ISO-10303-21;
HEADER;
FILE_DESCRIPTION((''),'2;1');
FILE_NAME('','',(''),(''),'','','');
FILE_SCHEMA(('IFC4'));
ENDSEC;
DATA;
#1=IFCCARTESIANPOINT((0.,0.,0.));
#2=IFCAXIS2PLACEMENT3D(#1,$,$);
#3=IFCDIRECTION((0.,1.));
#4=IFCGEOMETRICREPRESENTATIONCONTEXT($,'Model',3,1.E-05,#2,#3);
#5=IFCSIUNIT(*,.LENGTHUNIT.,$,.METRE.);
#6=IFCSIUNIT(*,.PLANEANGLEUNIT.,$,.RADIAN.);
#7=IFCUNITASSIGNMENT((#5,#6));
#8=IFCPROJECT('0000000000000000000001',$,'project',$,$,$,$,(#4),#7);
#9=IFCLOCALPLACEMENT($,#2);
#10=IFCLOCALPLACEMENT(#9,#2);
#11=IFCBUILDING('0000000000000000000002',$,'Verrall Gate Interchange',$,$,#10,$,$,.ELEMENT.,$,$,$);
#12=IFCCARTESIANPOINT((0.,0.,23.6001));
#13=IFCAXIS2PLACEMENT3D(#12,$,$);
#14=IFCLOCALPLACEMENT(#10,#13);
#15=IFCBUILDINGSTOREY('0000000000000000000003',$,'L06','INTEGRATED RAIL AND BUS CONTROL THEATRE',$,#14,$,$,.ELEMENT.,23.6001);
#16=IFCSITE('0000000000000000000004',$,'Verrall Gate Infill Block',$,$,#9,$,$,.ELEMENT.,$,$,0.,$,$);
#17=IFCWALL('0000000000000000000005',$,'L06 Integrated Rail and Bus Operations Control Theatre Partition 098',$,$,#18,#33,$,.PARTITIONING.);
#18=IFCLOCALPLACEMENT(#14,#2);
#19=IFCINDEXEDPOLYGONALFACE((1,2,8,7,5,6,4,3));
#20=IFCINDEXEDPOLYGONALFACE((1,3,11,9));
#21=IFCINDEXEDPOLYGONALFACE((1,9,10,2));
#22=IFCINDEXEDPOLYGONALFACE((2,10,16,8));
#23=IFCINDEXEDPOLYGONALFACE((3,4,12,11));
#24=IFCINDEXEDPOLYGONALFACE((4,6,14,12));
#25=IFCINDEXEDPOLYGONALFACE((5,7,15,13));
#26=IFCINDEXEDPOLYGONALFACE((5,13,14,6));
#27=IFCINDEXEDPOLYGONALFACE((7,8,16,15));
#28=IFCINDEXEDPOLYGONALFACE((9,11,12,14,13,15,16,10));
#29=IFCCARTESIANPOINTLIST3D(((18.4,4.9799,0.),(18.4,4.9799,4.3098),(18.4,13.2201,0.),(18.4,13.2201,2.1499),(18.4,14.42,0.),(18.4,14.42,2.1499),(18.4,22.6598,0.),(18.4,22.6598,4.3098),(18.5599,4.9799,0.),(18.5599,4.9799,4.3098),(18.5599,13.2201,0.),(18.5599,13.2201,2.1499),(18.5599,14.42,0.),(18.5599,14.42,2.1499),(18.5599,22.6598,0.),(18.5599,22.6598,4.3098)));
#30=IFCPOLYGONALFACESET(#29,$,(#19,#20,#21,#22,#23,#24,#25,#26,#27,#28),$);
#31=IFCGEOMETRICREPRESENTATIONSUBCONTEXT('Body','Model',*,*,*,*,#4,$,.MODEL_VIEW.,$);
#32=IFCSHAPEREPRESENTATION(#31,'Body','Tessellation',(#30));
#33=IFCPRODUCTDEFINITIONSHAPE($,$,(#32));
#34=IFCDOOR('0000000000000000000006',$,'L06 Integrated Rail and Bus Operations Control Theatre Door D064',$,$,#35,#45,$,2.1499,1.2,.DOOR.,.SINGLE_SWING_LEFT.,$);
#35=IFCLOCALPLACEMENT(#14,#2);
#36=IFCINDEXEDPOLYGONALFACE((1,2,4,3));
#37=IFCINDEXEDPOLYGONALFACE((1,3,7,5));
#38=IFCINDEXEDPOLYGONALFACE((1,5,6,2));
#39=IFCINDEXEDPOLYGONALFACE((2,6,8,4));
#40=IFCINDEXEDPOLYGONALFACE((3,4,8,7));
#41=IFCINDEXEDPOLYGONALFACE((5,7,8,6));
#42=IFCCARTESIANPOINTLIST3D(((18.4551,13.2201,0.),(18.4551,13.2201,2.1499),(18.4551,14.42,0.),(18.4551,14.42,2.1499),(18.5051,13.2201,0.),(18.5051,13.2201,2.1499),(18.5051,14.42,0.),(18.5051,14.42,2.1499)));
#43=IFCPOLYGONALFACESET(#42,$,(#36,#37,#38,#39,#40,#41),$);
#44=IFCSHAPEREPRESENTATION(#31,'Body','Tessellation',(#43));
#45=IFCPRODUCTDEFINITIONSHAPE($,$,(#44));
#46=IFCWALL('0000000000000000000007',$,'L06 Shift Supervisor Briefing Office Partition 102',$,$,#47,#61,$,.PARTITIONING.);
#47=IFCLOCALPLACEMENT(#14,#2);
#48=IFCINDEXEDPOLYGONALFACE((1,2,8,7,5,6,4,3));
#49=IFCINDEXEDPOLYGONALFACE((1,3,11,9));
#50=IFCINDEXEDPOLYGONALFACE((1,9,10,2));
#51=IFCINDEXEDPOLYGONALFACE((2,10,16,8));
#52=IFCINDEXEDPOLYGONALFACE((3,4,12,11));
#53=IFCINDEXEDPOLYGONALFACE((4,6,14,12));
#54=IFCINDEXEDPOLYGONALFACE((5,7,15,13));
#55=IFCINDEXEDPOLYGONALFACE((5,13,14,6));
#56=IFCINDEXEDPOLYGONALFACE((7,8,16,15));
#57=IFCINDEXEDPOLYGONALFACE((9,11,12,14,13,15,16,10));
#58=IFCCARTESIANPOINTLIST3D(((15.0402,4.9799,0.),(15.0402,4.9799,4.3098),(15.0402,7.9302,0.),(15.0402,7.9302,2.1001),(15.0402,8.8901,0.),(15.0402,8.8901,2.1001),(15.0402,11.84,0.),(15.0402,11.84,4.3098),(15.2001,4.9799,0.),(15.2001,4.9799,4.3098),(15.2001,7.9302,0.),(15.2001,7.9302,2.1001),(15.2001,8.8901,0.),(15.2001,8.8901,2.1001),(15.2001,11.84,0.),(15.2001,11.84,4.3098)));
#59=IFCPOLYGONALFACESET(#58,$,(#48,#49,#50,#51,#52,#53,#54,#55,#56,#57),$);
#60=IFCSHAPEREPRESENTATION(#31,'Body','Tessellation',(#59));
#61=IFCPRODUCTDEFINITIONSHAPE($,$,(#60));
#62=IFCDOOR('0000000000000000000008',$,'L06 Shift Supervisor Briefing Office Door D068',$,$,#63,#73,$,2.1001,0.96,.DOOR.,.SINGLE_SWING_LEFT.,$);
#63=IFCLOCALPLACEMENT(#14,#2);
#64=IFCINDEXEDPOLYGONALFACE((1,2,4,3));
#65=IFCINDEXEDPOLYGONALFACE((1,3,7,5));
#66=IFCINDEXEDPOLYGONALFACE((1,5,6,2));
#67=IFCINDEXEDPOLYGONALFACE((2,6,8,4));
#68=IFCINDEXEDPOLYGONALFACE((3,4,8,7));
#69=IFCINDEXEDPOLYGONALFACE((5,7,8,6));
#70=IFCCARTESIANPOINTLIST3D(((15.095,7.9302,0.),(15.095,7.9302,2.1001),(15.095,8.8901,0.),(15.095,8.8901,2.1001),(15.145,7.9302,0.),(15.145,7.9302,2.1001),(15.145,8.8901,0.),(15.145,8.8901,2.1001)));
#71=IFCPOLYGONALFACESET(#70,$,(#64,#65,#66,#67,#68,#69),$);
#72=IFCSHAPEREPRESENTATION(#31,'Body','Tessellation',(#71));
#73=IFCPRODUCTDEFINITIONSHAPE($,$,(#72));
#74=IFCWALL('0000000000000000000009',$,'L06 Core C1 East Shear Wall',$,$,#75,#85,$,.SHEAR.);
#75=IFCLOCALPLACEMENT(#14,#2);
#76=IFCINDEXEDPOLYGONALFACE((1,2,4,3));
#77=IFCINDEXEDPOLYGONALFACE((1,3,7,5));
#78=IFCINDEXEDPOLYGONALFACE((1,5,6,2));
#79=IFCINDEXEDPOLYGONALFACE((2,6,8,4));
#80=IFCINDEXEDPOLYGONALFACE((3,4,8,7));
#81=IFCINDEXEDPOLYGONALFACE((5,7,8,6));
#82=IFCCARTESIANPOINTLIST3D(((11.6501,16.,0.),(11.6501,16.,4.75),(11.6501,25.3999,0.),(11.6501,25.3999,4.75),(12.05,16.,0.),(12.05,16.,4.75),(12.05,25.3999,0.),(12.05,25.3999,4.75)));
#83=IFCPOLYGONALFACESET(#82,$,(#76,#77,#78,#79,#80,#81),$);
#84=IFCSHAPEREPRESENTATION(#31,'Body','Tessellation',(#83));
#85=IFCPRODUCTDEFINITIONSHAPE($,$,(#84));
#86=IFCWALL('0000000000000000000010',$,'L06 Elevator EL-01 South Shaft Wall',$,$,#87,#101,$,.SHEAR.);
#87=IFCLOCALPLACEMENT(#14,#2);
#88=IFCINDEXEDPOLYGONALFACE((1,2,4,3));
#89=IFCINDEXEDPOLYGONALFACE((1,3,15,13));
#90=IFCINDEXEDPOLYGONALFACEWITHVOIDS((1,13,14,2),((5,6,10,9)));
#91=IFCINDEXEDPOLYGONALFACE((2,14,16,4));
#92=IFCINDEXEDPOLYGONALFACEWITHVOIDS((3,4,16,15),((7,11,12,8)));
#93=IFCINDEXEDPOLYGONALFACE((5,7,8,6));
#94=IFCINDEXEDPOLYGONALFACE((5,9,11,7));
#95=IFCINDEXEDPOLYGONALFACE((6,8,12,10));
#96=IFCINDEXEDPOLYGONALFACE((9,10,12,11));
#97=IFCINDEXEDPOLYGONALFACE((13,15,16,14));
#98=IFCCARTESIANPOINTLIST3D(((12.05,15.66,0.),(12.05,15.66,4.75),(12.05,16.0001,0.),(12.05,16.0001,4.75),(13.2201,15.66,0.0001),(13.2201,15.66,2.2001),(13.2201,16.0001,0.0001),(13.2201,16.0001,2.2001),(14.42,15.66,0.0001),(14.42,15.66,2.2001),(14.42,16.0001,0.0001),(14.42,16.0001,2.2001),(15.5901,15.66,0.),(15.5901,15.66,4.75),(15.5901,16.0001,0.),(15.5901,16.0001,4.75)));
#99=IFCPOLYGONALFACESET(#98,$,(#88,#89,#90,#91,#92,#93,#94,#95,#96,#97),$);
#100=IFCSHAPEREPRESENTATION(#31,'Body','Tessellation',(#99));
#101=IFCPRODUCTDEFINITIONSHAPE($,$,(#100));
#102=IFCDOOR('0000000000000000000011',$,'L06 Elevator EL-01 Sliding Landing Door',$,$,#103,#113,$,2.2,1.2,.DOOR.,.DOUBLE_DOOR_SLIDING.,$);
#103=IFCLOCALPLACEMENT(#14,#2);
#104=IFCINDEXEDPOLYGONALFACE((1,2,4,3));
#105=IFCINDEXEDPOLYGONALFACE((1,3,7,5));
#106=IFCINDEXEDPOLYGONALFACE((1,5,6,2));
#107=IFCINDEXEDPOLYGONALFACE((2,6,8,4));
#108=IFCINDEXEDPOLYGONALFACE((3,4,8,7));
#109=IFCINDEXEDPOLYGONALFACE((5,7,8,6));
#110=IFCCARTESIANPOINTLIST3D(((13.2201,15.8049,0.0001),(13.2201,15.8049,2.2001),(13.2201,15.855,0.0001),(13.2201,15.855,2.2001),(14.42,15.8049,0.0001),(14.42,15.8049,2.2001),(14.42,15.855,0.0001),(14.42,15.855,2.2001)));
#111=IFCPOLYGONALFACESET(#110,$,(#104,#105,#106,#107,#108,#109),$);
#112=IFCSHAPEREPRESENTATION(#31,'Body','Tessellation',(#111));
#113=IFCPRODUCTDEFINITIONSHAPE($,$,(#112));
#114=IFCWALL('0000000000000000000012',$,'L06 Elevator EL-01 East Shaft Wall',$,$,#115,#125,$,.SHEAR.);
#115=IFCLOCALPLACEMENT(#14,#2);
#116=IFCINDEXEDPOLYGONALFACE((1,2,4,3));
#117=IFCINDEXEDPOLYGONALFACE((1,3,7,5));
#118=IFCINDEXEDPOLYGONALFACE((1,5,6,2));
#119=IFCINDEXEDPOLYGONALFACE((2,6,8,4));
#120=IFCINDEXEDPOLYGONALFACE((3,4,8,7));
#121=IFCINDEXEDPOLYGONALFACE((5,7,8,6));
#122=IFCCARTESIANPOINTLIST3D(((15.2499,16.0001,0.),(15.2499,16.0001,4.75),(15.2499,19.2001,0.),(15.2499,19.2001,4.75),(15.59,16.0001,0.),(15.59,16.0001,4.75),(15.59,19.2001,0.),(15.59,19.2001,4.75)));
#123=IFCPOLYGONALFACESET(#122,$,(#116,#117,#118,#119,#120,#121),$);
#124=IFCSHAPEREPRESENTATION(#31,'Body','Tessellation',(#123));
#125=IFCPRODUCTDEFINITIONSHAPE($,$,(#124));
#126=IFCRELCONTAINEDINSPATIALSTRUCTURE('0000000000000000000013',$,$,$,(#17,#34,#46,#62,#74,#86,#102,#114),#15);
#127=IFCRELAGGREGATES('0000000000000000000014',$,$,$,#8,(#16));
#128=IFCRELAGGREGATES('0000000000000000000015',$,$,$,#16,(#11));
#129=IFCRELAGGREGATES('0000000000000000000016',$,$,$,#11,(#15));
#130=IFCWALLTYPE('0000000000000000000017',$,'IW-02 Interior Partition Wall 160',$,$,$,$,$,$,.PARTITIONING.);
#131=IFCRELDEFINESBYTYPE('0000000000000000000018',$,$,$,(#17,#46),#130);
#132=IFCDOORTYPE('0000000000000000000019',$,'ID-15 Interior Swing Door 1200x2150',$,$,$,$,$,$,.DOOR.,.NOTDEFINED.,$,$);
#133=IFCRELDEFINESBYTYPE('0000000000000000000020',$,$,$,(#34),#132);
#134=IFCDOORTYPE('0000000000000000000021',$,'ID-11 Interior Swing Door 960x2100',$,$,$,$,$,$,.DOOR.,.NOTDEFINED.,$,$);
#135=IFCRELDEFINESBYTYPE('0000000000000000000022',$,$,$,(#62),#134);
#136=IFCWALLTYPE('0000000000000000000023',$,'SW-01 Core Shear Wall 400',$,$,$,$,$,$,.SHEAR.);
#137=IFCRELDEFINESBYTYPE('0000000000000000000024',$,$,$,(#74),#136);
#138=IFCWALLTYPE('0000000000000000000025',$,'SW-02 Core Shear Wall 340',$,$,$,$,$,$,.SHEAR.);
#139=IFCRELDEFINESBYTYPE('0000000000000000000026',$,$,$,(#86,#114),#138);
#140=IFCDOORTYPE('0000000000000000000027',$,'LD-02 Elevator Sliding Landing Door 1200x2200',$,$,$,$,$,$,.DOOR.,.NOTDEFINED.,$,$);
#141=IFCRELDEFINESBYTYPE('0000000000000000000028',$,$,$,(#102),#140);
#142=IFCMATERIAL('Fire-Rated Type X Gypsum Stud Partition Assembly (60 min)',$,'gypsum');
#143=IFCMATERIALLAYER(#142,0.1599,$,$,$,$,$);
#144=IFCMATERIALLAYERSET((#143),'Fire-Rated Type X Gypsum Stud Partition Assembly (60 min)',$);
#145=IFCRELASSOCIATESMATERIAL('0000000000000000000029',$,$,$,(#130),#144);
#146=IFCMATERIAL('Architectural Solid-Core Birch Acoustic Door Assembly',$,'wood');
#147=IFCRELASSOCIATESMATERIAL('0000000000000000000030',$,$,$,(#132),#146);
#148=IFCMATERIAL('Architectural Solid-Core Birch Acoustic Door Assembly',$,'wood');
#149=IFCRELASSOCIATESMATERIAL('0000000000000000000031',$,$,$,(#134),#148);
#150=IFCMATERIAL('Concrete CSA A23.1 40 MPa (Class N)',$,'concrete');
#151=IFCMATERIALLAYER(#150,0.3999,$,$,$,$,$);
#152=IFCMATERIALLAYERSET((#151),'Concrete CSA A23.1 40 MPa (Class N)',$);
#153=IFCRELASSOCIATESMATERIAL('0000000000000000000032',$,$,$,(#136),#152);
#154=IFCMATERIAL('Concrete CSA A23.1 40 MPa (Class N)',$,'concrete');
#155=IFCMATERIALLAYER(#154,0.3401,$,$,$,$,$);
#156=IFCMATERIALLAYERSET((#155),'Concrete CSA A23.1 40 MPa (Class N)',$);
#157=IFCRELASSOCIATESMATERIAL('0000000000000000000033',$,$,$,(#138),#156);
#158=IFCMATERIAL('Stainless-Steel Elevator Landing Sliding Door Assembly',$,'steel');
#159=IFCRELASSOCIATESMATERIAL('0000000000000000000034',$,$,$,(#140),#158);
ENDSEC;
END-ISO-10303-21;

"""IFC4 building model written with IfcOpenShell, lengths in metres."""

from ifc_helpers import new_model, si_unit, direction, frame, frame_2d, origin, place, context, subcontext, project, spatial, rectangle, extrude, material, layer, layer_set, type_object, element, fill, save


model = new_model("IFC4")

# Units and contexts
model_context = context("Model", 3, precision=1e-05, world=origin(), true_north=direction((0.0, 1.0)))
body_context = subcontext(model_context, "Body", "Model", "MODEL_VIEW")
ifc_project = project(units=[si_unit("LENGTHUNIT", "METRE"), si_unit("PLANEANGLEUNIT", "RADIAN")], contexts=[model_context])

# Site, building, storey
site_placement = place(None, origin())
site = spatial("IfcSite", under=ifc_project, at=site_placement, Name="Verrall Gate Infill Block", CompositionType="ELEMENT", RefElevation=0.0)
building_placement = place(site_placement, origin())
building = spatial("IfcBuilding", under=site, at=building_placement, Name="Verrall Gate Interchange", CompositionType="ELEMENT")
storey_placement = place(building_placement, frame((0.0, 0.0, 23.6001)))
storey = spatial("IfcBuildingStorey", under=building, at=storey_placement, Name="L06", Description="INTEGRATED RAIL AND BUS CONTROL THEATRE", CompositionType="ELEMENT", Elevation=23.6001)

# Walls, openings, doors
ifc_material_1 = material(Name="Fire-Rated Type X Gypsum Stud Partition Assembly (60 min)", Category="gypsum")
ifc_layer_1 = layer(ifc_material_1, 0.1599)
ifc_layer_set_1 = layer_set([ifc_layer_1], Name="Fire-Rated Type X Gypsum Stud Partition Assembly (60 min)")
wall_type_1 = type_object("IfcWallType", Name="IW-02 Interior Partition Wall 160", PredefinedType="PARTITIONING", material=ifc_layer_set_1)
wall_1_placement = place(storey_placement, frame((18.48, 4.98, 0.0), z_axis=(0.0, 0.0, 1.0), x_axis=(0.0, 1.0, 0.0)))
wall_1 = element("IfcWall", 1, at=wall_1_placement, inside=storey, type_object=wall_type_1, Name="L06 Integrated Rail and Bus Operations Control Theatre Partition 098", PredefinedType="PARTITIONING", context=body_context, shape_type="SweptSolid", body=[
    extrude(rectangle(XDim=17.6799, YDim=0.1599, at=frame_2d((8.8398, 0.0))), origin(), (0.0, 0.0, 1.0), 4.3098),
])
opening_1_placement = place(wall_1_placement, frame((8.24, 0.0, 0.0)))
opening_1 = element("IfcOpeningElement", 2, at=opening_1_placement, cuts=wall_1, PredefinedType="OPENING", context=body_context, shape_type="SweptSolid", body=[
    extrude(rectangle(XDim=1.2, YDim=2.1499, at=frame_2d((0.6001, 1.075))), frame((0.0, 0.0947, 0.0), z_axis=(0.0, -1.0, 0.0), x_axis=(1.0, 0.0, 0.0)), (0.0, 0.0, 1.0), 0.1897),
])
ifc_material_2 = material(Name="Architectural Solid-Core Birch Acoustic Door Assembly", Category="wood")
door_type_1 = type_object("IfcDoorType", Name="ID-15 Interior Swing Door 1200x2150", OperationType="NOTDEFINED", PredefinedType="DOOR", material=ifc_material_2)
door_1_placement = place(opening_1_placement, origin())
door_1 = element("IfcDoor", 3, at=door_1_placement, inside=storey, type_object=door_type_1, Name="L06 Integrated Rail and Bus Operations Control Theatre Door D064", OperationType="SINGLE_SWING_LEFT", OverallHeight=2.1499, OverallWidth=1.2, PredefinedType="DOOR", context=body_context, shape_type="SweptSolid", body=[
    extrude(rectangle(XDim=1.2, YDim=2.1499, at=frame_2d((0.6001, 1.075))), frame((0.0, 0.0249, 0.0), z_axis=(0.0, -1.0, 0.0), x_axis=(1.0, 0.0, 0.0)), (0.0, 0.0, 1.0), 0.05),
])
fill(opening_1, door_1)
wall_2_placement = place(storey_placement, frame((15.1201, 11.8401, 0.0), z_axis=(0.0, 0.0, 1.0), x_axis=(0.0, -1.0, 0.0)))
wall_2 = element("IfcWall", 4, at=wall_2_placement, inside=storey, type_object=wall_type_1, Name="L06 Shift Supervisor Briefing Office Partition 102", PredefinedType="PARTITIONING", context=body_context, shape_type="SweptSolid", body=[
    extrude(rectangle(XDim=6.8601, YDim=0.1599, at=frame_2d((3.4302, 0.0))), origin(), (0.0, 0.0, 1.0), 4.3098),
])
opening_2_placement = place(wall_2_placement, frame((2.95, 0.0, 0.0)))
opening_2 = element("IfcOpeningElement", 5, at=opening_2_placement, cuts=wall_2, PredefinedType="OPENING", context=body_context, shape_type="SweptSolid", body=[
    extrude(rectangle(XDim=0.96, YDim=2.1001, at=frame_2d((0.48, 1.05))), frame((0.0, 0.0947, 0.0), z_axis=(0.0, -1.0, 0.0), x_axis=(1.0, 0.0, 0.0)), (0.0, 0.0, 1.0), 0.1897),
])
ifc_material_3 = material(Name="Architectural Solid-Core Birch Acoustic Door Assembly", Category="wood")
door_type_2 = type_object("IfcDoorType", Name="ID-11 Interior Swing Door 960x2100", OperationType="NOTDEFINED", PredefinedType="DOOR", material=ifc_material_3)
door_2_placement = place(opening_2_placement, origin())
door_2 = element("IfcDoor", 6, at=door_2_placement, inside=storey, type_object=door_type_2, Name="L06 Shift Supervisor Briefing Office Door D068", OperationType="SINGLE_SWING_LEFT", OverallHeight=2.1001, OverallWidth=0.96, PredefinedType="DOOR", context=body_context, shape_type="SweptSolid", body=[
    extrude(rectangle(XDim=0.96, YDim=2.1001, at=frame_2d((0.48, 1.05))), frame((0.0, 0.0249, 0.0), z_axis=(0.0, -1.0, 0.0), x_axis=(1.0, 0.0, 0.0)), (0.0, 0.0, 1.0), 0.05),
])
fill(opening_2, door_2)

# Wall
ifc_material_4 = material(Name="Concrete CSA A23.1 40 MPa (Class N)", Category="concrete")
ifc_layer_2 = layer(ifc_material_4, 0.3999)
ifc_layer_set_2 = layer_set([ifc_layer_2], Name="Concrete CSA A23.1 40 MPa (Class N)")
wall_type_2 = type_object("IfcWallType", Name="SW-01 Core Shear Wall 400", PredefinedType="SHEAR", material=ifc_layer_set_2)
wall_3_placement = place(storey_placement, frame((11.8501, 16.0, 0.0), z_axis=(0.0, 0.0, 1.0), x_axis=(0.0, 1.0, 0.0)))
element("IfcWall", 7, at=wall_3_placement, inside=storey, type_object=wall_type_2, Name="L06 Core C1 East Shear Wall", PredefinedType="SHEAR", context=body_context, shape_type="SweptSolid", body=[
    extrude(rectangle(XDim=9.3999, YDim=0.3999, at=frame_2d((4.7, 0.0))), origin(), (0.0, 0.0, 1.0), 4.75),
])

# Wall, opening, door
ifc_material_5 = material(Name="Concrete CSA A23.1 40 MPa (Class N)", Category="concrete")
ifc_layer_3 = layer(ifc_material_5, 0.3401)
ifc_layer_set_3 = layer_set([ifc_layer_3], Name="Concrete CSA A23.1 40 MPa (Class N)")
wall_type_3 = type_object("IfcWallType", Name="SW-02 Core Shear Wall 340", PredefinedType="SHEAR", material=ifc_layer_set_3)
wall_4_placement = place(storey_placement, frame((12.05, 15.8301, 0.0), z_axis=(0.0, 0.0, 1.0), x_axis=(1.0, 0.0, 0.0)))
wall_4 = element("IfcWall", 8, at=wall_4_placement, inside=storey, type_object=wall_type_3, Name="L06 Elevator EL-01 South Shaft Wall", PredefinedType="SHEAR", context=body_context, shape_type="SweptSolid", body=[
    extrude(rectangle(XDim=3.54, YDim=0.3401, at=frame_2d((1.77, 0.0))), origin(), (0.0, 0.0, 1.0), 4.75),
])
opening_3_placement = place(wall_4_placement, frame((1.1699, 0.0, 0.0)))
opening_3 = element("IfcOpeningElement", 9, at=opening_3_placement, cuts=wall_4, PredefinedType="OPENING", context=body_context, shape_type="SweptSolid", body=[
    extrude(rectangle(XDim=1.2, YDim=2.2, at=frame_2d((0.6001, 1.1001))), frame((0.0, 0.1851, 0.0), z_axis=(0.0, -1.0, 0.0), x_axis=(1.0, 0.0, 0.0)), (0.0, 0.0, 1.0), 0.3699),
])
ifc_material_6 = material(Name="Stainless-Steel Elevator Landing Sliding Door Assembly", Category="steel")
door_type_3 = type_object("IfcDoorType", Name="LD-02 Elevator Sliding Landing Door 1200x2200", OperationType="NOTDEFINED", PredefinedType="DOOR", material=ifc_material_6)
door_3_placement = place(opening_3_placement, origin())
door_3 = element("IfcDoor", 10, at=door_3_placement, inside=storey, type_object=door_type_3, Name="L06 Elevator EL-01 Sliding Landing Door", OperationType="DOUBLE_DOOR_SLIDING", OverallHeight=2.2, OverallWidth=1.2, PredefinedType="DOOR", context=body_context, shape_type="SweptSolid", body=[
    extrude(rectangle(XDim=1.2, YDim=2.2, at=frame_2d((0.6001, 1.1001))), frame((0.0, 0.0249, 0.0), z_axis=(0.0, -1.0, 0.0), x_axis=(1.0, 0.0, 0.0)), (0.0, 0.0, 1.0), 0.05),
])
fill(opening_3, door_3)

# Wall
wall_5_placement = place(storey_placement, frame((15.4199, 16.0, 0.0), z_axis=(0.0, 0.0, 1.0), x_axis=(0.0, 1.0, 0.0)))
element("IfcWall", 11, at=wall_5_placement, inside=storey, type_object=wall_type_3, Name="L06 Elevator EL-01 East Shaft Wall", PredefinedType="SHEAR", context=body_context, shape_type="SweptSolid", body=[
    extrude(rectangle(XDim=3.2, YDim=0.3401, at=frame_2d((1.6001, 0.0))), origin(), (0.0, 0.0, 1.0), 4.75),
])

save(model, "model.ifc")
